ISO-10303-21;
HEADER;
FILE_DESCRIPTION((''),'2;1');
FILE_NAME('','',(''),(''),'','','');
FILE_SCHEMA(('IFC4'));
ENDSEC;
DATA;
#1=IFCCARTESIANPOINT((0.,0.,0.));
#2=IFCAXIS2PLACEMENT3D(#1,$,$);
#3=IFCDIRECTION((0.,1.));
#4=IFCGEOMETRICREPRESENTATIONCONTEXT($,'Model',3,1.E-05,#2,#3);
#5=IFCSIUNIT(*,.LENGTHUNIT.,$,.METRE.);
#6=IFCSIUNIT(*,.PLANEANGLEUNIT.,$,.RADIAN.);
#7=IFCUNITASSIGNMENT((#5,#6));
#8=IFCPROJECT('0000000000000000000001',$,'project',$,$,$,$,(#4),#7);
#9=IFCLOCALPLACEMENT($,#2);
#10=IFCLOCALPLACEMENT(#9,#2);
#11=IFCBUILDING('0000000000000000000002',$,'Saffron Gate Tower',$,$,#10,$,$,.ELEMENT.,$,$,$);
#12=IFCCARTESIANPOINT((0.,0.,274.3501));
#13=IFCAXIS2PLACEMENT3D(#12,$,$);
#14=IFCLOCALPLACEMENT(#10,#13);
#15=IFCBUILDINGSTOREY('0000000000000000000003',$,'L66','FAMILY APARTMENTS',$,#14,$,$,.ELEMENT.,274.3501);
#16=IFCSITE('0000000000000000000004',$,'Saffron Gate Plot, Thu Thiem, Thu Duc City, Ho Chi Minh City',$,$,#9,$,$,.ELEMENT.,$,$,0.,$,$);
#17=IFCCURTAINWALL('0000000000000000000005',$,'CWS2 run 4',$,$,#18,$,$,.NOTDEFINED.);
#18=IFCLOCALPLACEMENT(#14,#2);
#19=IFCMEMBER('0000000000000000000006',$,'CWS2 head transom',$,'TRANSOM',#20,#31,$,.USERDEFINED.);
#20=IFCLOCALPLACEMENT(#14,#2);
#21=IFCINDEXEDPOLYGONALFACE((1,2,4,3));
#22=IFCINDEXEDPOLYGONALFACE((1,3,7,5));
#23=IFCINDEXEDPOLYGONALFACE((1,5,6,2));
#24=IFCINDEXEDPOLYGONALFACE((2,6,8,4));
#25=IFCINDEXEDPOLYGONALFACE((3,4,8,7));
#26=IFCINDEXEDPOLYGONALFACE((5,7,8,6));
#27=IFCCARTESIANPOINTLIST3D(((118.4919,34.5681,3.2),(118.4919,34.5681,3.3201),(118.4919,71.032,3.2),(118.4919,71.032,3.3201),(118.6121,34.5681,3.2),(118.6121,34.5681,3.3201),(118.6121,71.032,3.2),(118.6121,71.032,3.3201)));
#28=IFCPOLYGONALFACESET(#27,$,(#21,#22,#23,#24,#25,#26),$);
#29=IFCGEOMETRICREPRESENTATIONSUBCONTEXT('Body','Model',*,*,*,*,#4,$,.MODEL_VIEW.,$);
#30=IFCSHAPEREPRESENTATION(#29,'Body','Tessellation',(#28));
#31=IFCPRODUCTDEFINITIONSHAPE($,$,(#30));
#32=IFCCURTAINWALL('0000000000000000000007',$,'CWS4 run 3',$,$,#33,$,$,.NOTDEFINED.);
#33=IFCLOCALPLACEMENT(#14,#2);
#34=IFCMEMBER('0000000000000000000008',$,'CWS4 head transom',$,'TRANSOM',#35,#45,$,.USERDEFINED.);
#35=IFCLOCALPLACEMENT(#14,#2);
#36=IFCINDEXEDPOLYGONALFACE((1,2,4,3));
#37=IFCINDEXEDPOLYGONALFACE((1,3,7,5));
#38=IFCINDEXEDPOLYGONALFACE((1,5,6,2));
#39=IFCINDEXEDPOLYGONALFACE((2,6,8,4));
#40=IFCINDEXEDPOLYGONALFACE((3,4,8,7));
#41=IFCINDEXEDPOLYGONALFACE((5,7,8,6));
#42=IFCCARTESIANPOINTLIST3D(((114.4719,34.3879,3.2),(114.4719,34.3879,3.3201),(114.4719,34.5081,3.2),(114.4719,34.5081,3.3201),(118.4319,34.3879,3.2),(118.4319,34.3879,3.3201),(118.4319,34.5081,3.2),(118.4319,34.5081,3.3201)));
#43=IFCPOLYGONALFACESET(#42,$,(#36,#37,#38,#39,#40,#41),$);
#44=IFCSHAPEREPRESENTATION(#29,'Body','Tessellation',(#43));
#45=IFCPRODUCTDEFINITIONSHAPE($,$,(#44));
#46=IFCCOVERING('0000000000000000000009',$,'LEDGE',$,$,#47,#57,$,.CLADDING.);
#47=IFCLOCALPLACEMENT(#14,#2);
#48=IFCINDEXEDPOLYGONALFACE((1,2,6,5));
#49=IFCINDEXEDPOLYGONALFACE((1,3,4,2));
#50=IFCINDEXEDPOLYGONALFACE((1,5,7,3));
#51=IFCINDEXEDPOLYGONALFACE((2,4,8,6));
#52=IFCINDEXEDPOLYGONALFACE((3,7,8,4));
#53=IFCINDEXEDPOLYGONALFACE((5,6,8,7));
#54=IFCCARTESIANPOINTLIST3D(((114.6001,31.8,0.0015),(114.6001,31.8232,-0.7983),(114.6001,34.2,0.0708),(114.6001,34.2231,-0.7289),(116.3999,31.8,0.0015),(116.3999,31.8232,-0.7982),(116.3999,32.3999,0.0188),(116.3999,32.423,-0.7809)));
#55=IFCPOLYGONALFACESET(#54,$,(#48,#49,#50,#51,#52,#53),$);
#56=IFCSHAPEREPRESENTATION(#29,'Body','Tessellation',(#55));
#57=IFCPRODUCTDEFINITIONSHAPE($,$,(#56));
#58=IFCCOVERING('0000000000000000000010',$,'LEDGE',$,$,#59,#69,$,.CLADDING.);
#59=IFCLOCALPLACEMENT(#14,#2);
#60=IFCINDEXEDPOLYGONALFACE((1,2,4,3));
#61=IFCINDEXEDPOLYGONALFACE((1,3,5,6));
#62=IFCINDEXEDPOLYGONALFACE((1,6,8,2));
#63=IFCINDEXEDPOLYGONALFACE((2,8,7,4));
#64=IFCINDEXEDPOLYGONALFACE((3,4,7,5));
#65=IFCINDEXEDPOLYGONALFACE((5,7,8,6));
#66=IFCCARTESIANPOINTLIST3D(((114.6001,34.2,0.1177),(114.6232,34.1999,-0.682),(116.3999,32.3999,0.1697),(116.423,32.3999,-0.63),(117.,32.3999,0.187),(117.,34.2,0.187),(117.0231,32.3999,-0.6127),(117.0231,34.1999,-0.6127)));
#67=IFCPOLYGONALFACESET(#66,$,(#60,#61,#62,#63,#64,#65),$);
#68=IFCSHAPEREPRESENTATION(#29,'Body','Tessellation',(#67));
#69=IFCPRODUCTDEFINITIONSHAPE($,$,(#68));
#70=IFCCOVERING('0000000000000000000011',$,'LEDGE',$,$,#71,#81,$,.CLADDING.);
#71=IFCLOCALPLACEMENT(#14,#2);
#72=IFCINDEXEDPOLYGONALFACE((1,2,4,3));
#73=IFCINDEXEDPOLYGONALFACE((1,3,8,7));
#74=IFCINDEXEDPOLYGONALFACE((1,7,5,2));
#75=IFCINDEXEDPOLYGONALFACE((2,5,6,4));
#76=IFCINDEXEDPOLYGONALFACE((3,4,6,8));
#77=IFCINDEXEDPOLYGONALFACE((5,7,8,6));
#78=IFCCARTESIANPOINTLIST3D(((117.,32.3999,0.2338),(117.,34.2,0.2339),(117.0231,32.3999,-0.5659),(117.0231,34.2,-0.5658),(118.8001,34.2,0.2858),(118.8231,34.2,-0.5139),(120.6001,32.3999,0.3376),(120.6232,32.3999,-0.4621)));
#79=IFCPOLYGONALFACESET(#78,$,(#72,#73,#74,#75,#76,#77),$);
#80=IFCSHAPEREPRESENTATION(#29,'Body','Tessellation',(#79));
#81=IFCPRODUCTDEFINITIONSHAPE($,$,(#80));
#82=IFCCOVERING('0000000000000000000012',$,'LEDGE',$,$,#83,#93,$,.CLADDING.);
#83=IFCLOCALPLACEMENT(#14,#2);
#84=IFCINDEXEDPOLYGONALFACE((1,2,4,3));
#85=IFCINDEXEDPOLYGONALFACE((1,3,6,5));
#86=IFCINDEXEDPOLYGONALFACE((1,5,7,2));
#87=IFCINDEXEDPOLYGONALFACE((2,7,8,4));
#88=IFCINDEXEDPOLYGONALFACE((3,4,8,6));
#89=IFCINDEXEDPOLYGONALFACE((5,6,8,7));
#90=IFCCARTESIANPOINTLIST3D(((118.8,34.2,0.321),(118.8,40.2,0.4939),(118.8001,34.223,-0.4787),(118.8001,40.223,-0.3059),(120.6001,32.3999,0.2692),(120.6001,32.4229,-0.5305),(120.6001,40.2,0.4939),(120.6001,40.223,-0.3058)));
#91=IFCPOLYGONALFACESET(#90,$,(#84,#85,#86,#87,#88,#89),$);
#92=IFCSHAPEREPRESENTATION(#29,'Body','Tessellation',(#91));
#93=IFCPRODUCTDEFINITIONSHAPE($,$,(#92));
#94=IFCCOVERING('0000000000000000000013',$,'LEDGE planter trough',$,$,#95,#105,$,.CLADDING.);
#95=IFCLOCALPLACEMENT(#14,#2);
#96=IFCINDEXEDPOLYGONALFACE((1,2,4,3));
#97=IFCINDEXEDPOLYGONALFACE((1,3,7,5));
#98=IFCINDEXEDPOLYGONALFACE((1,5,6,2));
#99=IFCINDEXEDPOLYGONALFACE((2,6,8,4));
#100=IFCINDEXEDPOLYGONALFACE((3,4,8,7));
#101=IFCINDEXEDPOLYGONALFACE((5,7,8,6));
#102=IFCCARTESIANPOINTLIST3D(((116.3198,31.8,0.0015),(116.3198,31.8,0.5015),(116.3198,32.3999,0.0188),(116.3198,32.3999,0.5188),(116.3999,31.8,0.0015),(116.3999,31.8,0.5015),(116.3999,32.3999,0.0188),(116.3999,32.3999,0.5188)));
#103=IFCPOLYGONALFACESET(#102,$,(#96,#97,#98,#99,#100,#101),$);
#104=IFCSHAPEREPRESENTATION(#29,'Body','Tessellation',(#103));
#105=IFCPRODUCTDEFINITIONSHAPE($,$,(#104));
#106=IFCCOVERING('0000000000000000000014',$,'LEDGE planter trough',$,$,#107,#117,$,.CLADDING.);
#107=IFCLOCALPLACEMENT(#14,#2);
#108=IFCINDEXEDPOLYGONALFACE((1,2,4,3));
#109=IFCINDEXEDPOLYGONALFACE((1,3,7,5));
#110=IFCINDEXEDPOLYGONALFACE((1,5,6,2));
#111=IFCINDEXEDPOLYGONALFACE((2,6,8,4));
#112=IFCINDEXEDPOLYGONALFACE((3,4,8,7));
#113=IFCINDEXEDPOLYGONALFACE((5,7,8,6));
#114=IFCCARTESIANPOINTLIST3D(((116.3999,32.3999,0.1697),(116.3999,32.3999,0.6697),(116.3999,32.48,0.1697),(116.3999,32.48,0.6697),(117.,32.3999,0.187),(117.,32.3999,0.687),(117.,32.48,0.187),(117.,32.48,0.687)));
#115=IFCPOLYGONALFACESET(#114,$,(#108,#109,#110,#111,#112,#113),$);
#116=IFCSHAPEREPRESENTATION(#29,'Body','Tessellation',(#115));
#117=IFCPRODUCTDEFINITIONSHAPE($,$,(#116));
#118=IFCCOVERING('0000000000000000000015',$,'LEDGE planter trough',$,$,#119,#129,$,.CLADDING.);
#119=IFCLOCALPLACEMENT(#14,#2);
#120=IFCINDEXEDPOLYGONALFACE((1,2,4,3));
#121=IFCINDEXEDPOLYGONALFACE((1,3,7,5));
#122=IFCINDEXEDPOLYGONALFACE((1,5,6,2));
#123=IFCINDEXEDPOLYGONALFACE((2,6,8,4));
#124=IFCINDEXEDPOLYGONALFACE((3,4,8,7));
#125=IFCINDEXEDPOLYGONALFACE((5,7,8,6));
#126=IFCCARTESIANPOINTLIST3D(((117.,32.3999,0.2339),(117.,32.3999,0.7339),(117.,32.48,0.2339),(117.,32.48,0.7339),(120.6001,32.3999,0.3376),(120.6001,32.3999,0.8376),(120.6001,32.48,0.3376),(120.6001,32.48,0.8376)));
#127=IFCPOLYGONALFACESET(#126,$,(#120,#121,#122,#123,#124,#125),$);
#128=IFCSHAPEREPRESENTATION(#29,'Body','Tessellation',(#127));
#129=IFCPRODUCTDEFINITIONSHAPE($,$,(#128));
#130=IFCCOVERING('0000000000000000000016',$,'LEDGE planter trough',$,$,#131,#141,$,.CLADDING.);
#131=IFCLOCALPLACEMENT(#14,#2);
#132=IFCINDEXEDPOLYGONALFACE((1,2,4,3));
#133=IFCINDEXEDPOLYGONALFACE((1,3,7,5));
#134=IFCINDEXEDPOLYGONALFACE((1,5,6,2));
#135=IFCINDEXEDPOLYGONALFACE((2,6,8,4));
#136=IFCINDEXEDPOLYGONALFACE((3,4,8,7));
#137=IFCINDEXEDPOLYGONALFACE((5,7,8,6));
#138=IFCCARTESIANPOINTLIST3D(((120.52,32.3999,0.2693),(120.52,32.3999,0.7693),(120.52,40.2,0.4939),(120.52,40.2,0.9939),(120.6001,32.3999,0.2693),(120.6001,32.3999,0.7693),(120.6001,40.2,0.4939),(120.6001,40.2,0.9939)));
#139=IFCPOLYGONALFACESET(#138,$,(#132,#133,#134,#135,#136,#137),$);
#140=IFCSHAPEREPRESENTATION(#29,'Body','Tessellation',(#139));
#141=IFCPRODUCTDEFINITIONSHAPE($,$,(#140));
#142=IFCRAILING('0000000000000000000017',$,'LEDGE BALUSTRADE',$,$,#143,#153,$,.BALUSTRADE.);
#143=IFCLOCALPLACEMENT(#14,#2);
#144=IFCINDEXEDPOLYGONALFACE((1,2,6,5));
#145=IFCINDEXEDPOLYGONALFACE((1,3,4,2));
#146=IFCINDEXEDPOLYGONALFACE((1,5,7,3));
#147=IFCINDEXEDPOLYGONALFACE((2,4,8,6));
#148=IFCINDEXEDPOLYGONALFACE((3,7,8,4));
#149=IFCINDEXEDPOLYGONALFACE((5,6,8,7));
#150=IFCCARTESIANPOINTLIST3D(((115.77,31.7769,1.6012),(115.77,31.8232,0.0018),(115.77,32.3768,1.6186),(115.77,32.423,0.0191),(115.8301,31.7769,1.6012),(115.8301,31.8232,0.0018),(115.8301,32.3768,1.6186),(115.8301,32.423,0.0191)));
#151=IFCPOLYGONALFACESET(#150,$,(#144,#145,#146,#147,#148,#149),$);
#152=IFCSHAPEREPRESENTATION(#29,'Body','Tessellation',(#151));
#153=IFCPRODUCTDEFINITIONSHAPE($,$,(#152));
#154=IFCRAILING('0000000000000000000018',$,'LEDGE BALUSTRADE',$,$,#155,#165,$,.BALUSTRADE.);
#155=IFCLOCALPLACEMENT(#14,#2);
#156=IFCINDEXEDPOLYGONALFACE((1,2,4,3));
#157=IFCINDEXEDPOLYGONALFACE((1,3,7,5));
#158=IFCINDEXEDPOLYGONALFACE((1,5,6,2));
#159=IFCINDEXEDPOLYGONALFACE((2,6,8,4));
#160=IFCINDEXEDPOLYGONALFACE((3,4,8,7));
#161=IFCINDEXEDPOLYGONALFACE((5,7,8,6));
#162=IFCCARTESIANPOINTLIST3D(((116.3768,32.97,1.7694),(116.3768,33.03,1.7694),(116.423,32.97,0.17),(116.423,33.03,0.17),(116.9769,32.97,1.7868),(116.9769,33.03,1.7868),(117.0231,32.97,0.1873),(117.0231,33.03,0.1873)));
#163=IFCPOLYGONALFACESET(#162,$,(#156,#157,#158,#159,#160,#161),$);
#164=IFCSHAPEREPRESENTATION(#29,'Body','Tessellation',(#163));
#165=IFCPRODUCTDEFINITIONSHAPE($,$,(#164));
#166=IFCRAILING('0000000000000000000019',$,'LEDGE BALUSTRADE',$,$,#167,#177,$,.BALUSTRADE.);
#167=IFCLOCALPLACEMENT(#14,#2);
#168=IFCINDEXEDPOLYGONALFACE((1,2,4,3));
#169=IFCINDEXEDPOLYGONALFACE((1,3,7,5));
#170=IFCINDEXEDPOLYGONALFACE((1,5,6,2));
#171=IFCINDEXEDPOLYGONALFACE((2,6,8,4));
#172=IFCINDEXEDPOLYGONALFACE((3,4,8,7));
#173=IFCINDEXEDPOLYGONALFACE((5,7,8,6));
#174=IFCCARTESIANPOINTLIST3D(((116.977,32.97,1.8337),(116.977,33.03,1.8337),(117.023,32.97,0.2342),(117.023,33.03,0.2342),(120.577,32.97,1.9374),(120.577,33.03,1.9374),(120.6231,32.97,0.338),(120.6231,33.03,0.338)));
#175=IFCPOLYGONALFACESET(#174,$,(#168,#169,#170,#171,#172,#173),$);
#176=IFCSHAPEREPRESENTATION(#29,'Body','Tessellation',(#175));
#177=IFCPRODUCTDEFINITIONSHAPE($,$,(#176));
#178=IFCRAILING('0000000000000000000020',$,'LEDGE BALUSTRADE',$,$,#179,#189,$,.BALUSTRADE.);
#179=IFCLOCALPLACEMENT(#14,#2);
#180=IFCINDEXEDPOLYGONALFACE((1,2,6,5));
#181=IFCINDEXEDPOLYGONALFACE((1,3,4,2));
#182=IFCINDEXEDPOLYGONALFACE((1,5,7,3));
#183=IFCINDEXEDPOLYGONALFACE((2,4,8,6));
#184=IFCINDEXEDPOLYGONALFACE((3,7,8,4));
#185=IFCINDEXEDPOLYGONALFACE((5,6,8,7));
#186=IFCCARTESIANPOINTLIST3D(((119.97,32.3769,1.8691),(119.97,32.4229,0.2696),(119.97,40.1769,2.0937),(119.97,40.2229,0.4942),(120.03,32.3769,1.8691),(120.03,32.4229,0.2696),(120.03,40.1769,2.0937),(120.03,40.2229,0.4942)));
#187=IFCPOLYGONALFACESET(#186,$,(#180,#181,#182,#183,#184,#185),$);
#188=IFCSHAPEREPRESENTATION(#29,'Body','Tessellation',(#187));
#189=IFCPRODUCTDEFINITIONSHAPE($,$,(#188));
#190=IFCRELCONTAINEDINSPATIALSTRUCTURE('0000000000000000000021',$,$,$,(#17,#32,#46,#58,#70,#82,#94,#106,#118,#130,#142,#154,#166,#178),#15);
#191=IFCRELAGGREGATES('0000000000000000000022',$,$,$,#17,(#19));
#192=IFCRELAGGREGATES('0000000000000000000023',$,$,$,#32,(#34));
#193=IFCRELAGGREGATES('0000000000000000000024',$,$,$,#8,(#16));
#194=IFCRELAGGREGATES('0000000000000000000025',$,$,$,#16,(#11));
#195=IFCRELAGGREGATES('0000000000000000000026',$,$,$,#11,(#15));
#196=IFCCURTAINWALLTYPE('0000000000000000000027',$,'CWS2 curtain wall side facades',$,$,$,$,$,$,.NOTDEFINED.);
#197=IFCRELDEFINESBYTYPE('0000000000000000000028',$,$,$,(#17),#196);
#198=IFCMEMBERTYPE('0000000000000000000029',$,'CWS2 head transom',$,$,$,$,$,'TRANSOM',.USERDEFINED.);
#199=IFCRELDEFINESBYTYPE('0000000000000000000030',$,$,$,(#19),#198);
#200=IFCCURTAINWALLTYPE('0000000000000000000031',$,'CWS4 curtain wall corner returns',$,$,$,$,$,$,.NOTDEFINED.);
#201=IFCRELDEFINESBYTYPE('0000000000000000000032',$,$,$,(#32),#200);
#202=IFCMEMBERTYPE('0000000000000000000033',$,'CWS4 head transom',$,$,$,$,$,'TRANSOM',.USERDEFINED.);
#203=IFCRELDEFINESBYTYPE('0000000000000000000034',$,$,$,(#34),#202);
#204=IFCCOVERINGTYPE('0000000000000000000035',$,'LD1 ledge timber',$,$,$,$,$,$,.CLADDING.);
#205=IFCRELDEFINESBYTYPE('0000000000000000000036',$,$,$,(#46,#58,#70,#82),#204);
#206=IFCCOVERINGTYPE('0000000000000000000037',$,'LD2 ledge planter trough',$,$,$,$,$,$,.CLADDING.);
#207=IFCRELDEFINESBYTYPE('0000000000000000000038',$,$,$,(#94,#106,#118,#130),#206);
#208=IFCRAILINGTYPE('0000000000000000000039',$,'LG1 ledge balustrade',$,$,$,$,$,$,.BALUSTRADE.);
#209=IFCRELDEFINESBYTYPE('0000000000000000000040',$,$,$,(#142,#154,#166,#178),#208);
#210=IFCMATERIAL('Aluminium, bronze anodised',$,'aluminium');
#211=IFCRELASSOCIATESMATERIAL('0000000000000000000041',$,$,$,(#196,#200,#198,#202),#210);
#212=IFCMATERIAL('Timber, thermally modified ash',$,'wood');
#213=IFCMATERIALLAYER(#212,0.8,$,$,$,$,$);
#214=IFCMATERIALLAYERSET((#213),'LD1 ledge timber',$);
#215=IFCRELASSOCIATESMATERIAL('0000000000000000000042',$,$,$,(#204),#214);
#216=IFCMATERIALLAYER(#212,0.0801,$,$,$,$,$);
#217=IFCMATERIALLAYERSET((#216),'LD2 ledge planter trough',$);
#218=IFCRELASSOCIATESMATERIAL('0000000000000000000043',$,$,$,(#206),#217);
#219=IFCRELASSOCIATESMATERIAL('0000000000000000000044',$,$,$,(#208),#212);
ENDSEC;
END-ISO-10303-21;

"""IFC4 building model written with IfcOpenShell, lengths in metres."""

from ifc_helpers import new_model, si_unit, direction, frame, origin, origin_2d, place, context, subcontext, project, spatial, polyline, rectangle, outline, extrude, material, layer, layer_set, material_profile, profile_set, type_object, element, aggregate, save


model = new_model("IFC4")

# Units and contexts
model_context = context("Model", 3, precision=1e-05, world=origin(), true_north=direction((0.0, 1.0)))
body_context = subcontext(model_context, "Body", "Model", "MODEL_VIEW")
ifc_project = project(units=[si_unit("LENGTHUNIT", "METRE"), si_unit("PLANEANGLEUNIT", "RADIAN")], contexts=[model_context])

# Site, building, storey
site_placement = place(None, origin())
site = spatial("IfcSite", under=ifc_project, at=site_placement, Name="Saffron Gate Plot, Thu Thiem, Thu Duc City, Ho Chi Minh City", CompositionType="ELEMENT", RefElevation=0.0)
building_placement = place(site_placement, origin())
building = spatial("IfcBuilding", under=site, at=building_placement, Name="Saffron Gate Tower", CompositionType="ELEMENT")
storey_placement = place(building_placement, frame((0.0, 0.0, 274.3501)))
storey = spatial("IfcBuildingStorey", under=building, at=storey_placement, Name="L66", Description="FAMILY APARTMENTS", CompositionType="ELEMENT", Elevation=274.3501)

# Curtain walls, members
ifc_material_1 = material(Name="Aluminium, bronze anodised", Category="aluminium")
curtain_wall_type_1 = type_object("IfcCurtainWallType", Name="CWS2 curtain wall side facades", PredefinedType="NOTDEFINED", material=ifc_material_1)
curtain_wall_1_placement = place(storey_placement, origin())
curtain_wall_1 = element("IfcCurtainWall", 1, at=curtain_wall_1_placement, inside=storey, type_object=curtain_wall_type_1, Name="CWS2 run 4", PredefinedType="NOTDEFINED")
ifc_material_profile_1 = material_profile(ifc_material_1, rectangle(XDim=0.1201, YDim=0.1201, at=origin_2d()))
ifc_profile_set_1 = profile_set([ifc_material_profile_1], Name="Aluminium, bronze anodised")
member_type_1 = type_object("IfcMemberType", Name="CWS2 head transom", ElementType="TRANSOM", PredefinedType="USERDEFINED", material=ifc_profile_set_1)
member_1_placement = place(storey_placement, frame((118.552, 34.5681, 3.26), z_axis=(0.0, 1.0, 0.0), x_axis=(-1.0, 0.0, 0.0)))
member_1 = element("IfcMember", 2, at=member_1_placement, type_object=member_type_1, Name="CWS2 head transom", ObjectType="TRANSOM", PredefinedType="USERDEFINED", context=body_context, shape_type="SweptSolid", body=[
    extrude(rectangle(XDim=0.1201, YDim=0.1201, at=origin_2d()), origin(), (0.0, 0.0, 1.0), 36.4639),
])
aggregate(curtain_wall_1, [member_1])
curtain_wall_type_2 = type_object("IfcCurtainWallType", Name="CWS4 curtain wall corner returns", PredefinedType="NOTDEFINED", material=ifc_material_1)
curtain_wall_2_placement = place(storey_placement, origin())
curtain_wall_2 = element("IfcCurtainWall", 3, at=curtain_wall_2_placement, inside=storey, type_object=curtain_wall_type_2, Name="CWS4 run 3", PredefinedType="NOTDEFINED")
ifc_material_profile_2 = material_profile(ifc_material_1, rectangle(XDim=0.1201, YDim=0.1201, at=origin_2d()))
ifc_profile_set_2 = profile_set([ifc_material_profile_2], Name="Aluminium, bronze anodised")
member_type_2 = type_object("IfcMemberType", Name="CWS4 head transom", ElementType="TRANSOM", PredefinedType="USERDEFINED", material=ifc_profile_set_2)
member_2_placement = place(storey_placement, frame((114.4719, 34.448, 3.26), z_axis=(1.0, 0.0, 0.0), x_axis=(0.0, 1.0, 0.0)))
member_2 = element("IfcMember", 4, at=member_2_placement, type_object=member_type_2, Name="CWS4 head transom", ObjectType="TRANSOM", PredefinedType="USERDEFINED", context=body_context, shape_type="SweptSolid", body=[
    extrude(rectangle(XDim=0.1201, YDim=0.1201, at=origin_2d()), origin(), (0.0, 0.0, 1.0), 3.96),
])
aggregate(curtain_wall_2, [member_2])

# Coverings
ifc_material_2 = material(Name="Timber, thermally modified ash", Category="wood")
ifc_layer_1 = layer(ifc_material_2, 0.8)
ifc_layer_set_1 = layer_set([ifc_layer_1], Name="LD1 ledge timber")
covering_type_1 = type_object("IfcCoveringType", Name="LD1 ledge timber", PredefinedType="CLADDING", material=ifc_layer_set_1)
covering_1_placement = place(storey_placement, frame((114.6001, 31.8, 0.0015), z_axis=(-0.000002, -0.02888, 0.999583), x_axis=(0.0, 0.999583, 0.02888)))
element("IfcCovering", 5, at=covering_1_placement, inside=storey, type_object=covering_type_1, Name="LEDGE", PredefinedType="CLADDING", context=body_context, shape_type="SweptSolid", body=[
    extrude(outline(polyline([(0.0, 0.0), (2.4009, 0.0), (0.6001, -1.7998), (0.0, -1.7998), (0.0, 0.0)])), origin(), (0.0, 0.0, -1.0), 0.8),
])
covering_2_placement = place(storey_placement, frame((114.6001, 34.2, 0.1177), z_axis=(-0.028878, 0.000002, 0.999583), x_axis=(0.999583, 0.0, 0.028878)))
element("IfcCovering", 6, at=covering_2_placement, inside=storey, type_object=covering_type_1, Name="LEDGE", PredefinedType="CLADDING", context=body_context, shape_type="SweptSolid", body=[
    extrude(outline(polyline([(0.0, 0.0), (2.4009, 0.0), (2.4009, -1.8), (1.8006, -1.8), (0.0, 0.0)])), origin(), (0.0, 0.0, -1.0), 0.8),
])
covering_3_placement = place(storey_placement, frame((117.0, 34.2, 0.2339), z_axis=(-0.028832, -0.000045, 0.999584), x_axis=(0.999584, 0.0, 0.028832)))
element("IfcCovering", 7, at=covering_3_placement, inside=storey, type_object=covering_type_1, Name="LEDGE", PredefinedType="CLADDING", context=body_context, shape_type="SweptSolid", body=[
    extrude(outline(polyline([(0.0, 0.0), (1.8008, 0.0), (3.6016, -1.8), (0.0, -1.8), (0.0, 0.0)])), origin(), (0.0, 0.0, -1.0), 0.8),
])
covering_4_placement = place(storey_placement, frame((118.8, 34.2, 0.321), z_axis=(-0.000024, -0.028789, 0.999585), x_axis=(0.0, 0.999585, 0.028789)))
element("IfcCovering", 8, at=covering_4_placement, inside=storey, type_object=covering_type_1, Name="LEDGE", PredefinedType="CLADDING", context=body_context, shape_type="SweptSolid", body=[
    extrude(outline(polyline([(0.0, 0.0), (6.0025, 0.0), (6.0025, -1.8), (-1.8008, -1.8), (0.0, 0.0)])), origin(), (0.0, 0.0, -1.0), 0.8),
])
ifc_layer_2 = layer(ifc_material_2, 0.0801)
ifc_layer_set_2 = layer_set([ifc_layer_2], Name="LD2 ledge planter trough")
covering_type_2 = type_object("IfcCoveringType", Name="LD2 ledge planter trough", PredefinedType="CLADDING", material=ifc_layer_set_2)
covering_5_placement = place(storey_placement, frame((116.3999, 31.8, 0.0015), z_axis=(1.0, 0.0, 0.0), x_axis=(0.0, 0.999583, 0.028885)))
element("IfcCovering", 9, at=covering_5_placement, inside=storey, type_object=covering_type_2, Name="LEDGE planter trough", PredefinedType="CLADDING", context=body_context, shape_type="SweptSolid", body=[
    extrude(outline(polyline([(0.0, 0.0), (0.6001, 0.0), (0.6145, 0.4998), (0.0144, 0.4998), (0.0, 0.0)])), origin(), (0.0, 0.0, -1.0), 0.0801),
])
covering_6_placement = place(storey_placement, frame((116.3999, 32.3999, 0.1697), z_axis=(0.0, -1.0, 0.0), x_axis=(0.999583, 0.0, 0.028873)))
element("IfcCovering", 10, at=covering_6_placement, inside=storey, type_object=covering_type_2, Name="LEDGE planter trough", PredefinedType="CLADDING", context=body_context, shape_type="SweptSolid", body=[
    extrude(outline(polyline([(0.0, 0.0), (0.6003, 0.0), (0.6148, 0.4998), (0.0144, 0.4998), (0.0, 0.0)])), origin(), (0.0, 0.0, -1.0), 0.0801),
])
covering_7_placement = place(storey_placement, frame((117.0, 32.3999, 0.2339), z_axis=(0.0, -1.0, 0.0), x_axis=(0.999585, 0.0, 0.028809)))
element("IfcCovering", 11, at=covering_7_placement, inside=storey, type_object=covering_type_2, Name="LEDGE planter trough", PredefinedType="CLADDING", context=body_context, shape_type="SweptSolid", body=[
    extrude(outline(polyline([(0.0, 0.0), (3.6016, 0.0), (3.616, 0.4998), (0.0144, 0.4998), (0.0, 0.0)])), origin(), (0.0, 0.0, -1.0), 0.0801),
])
covering_8_placement = place(storey_placement, frame((120.6001, 32.3999, 0.2693), z_axis=(1.0, 0.0, 0.0), x_axis=(0.0, 0.999586, 0.028784)))
element("IfcCovering", 12, at=covering_8_placement, inside=storey, type_object=covering_type_2, Name="LEDGE planter trough", PredefinedType="CLADDING", context=body_context, shape_type="SweptSolid", body=[
    extrude(outline(polyline([(0.0, 0.0), (7.8033, 0.0), (7.8177, 0.4998), (0.0144, 0.4998), (0.0, 0.0)])), origin(), (0.0, 0.0, -1.0), 0.0801),
])

# Railings
railing_type = type_object("IfcRailingType", Name="LG1 ledge balustrade", PredefinedType="BALUSTRADE", material=ifc_material_2)
railing_1_placement = place(storey_placement, frame((115.8, 31.8, 0.0015)))
element("IfcRailing", 13, at=railing_1_placement, inside=storey, type_object=railing_type, Name="LEDGE BALUSTRADE", PredefinedType="BALUSTRADE", context=body_context, shape_type="SweptSolid", body=[
    extrude(rectangle(XDim=0.0601, YDim=1.6001, at=origin_2d()), frame((0.0, 0.0, 0.8), z_axis=(0.0, 0.999583, 0.028885), x_axis=(-1.0, 0.0, 0.0)), (0.0, 0.0, 1.0), 0.6001),
])
railing_2_placement = place(storey_placement, frame((116.3999, 33.0, 0.1697)))
element("IfcRailing", 14, at=railing_2_placement, inside=storey, type_object=railing_type, Name="LEDGE BALUSTRADE", PredefinedType="BALUSTRADE", context=body_context, shape_type="SweptSolid", body=[
    extrude(rectangle(XDim=0.0601, YDim=1.6001, at=origin_2d()), frame((0.0, 0.0, 0.8), z_axis=(0.999583, 0.0, 0.028873), x_axis=(0.0, 1.0, 0.0)), (0.0, 0.0, 1.0), 0.6003),
])
railing_3_placement = place(storey_placement, frame((117.0, 33.0, 0.2339)))
element("IfcRailing", 15, at=railing_3_placement, inside=storey, type_object=railing_type, Name="LEDGE BALUSTRADE", PredefinedType="BALUSTRADE", context=body_context, shape_type="SweptSolid", body=[
    extrude(rectangle(XDim=0.0601, YDim=1.6001, at=origin_2d()), frame((0.0, 0.0, 0.8), z_axis=(0.999585, 0.0, 0.028809), x_axis=(0.0, 1.0, 0.0)), (0.0, 0.0, 1.0), 3.6016),
])
railing_4_placement = place(storey_placement, frame((120.0, 32.3999, 0.2693)))
element("IfcRailing", 16, at=railing_4_placement, inside=storey, type_object=railing_type, Name="LEDGE BALUSTRADE", PredefinedType="BALUSTRADE", context=body_context, shape_type="SweptSolid", body=[
    extrude(rectangle(XDim=0.0601, YDim=1.6001, at=origin_2d()), frame((0.0, 0.0, 0.8), z_axis=(0.0, 0.999586, 0.028784), x_axis=(-1.0, 0.0, 0.0)), (0.0, 0.0, 1.0), 7.8032),
])

save(model, "model.ifc")
